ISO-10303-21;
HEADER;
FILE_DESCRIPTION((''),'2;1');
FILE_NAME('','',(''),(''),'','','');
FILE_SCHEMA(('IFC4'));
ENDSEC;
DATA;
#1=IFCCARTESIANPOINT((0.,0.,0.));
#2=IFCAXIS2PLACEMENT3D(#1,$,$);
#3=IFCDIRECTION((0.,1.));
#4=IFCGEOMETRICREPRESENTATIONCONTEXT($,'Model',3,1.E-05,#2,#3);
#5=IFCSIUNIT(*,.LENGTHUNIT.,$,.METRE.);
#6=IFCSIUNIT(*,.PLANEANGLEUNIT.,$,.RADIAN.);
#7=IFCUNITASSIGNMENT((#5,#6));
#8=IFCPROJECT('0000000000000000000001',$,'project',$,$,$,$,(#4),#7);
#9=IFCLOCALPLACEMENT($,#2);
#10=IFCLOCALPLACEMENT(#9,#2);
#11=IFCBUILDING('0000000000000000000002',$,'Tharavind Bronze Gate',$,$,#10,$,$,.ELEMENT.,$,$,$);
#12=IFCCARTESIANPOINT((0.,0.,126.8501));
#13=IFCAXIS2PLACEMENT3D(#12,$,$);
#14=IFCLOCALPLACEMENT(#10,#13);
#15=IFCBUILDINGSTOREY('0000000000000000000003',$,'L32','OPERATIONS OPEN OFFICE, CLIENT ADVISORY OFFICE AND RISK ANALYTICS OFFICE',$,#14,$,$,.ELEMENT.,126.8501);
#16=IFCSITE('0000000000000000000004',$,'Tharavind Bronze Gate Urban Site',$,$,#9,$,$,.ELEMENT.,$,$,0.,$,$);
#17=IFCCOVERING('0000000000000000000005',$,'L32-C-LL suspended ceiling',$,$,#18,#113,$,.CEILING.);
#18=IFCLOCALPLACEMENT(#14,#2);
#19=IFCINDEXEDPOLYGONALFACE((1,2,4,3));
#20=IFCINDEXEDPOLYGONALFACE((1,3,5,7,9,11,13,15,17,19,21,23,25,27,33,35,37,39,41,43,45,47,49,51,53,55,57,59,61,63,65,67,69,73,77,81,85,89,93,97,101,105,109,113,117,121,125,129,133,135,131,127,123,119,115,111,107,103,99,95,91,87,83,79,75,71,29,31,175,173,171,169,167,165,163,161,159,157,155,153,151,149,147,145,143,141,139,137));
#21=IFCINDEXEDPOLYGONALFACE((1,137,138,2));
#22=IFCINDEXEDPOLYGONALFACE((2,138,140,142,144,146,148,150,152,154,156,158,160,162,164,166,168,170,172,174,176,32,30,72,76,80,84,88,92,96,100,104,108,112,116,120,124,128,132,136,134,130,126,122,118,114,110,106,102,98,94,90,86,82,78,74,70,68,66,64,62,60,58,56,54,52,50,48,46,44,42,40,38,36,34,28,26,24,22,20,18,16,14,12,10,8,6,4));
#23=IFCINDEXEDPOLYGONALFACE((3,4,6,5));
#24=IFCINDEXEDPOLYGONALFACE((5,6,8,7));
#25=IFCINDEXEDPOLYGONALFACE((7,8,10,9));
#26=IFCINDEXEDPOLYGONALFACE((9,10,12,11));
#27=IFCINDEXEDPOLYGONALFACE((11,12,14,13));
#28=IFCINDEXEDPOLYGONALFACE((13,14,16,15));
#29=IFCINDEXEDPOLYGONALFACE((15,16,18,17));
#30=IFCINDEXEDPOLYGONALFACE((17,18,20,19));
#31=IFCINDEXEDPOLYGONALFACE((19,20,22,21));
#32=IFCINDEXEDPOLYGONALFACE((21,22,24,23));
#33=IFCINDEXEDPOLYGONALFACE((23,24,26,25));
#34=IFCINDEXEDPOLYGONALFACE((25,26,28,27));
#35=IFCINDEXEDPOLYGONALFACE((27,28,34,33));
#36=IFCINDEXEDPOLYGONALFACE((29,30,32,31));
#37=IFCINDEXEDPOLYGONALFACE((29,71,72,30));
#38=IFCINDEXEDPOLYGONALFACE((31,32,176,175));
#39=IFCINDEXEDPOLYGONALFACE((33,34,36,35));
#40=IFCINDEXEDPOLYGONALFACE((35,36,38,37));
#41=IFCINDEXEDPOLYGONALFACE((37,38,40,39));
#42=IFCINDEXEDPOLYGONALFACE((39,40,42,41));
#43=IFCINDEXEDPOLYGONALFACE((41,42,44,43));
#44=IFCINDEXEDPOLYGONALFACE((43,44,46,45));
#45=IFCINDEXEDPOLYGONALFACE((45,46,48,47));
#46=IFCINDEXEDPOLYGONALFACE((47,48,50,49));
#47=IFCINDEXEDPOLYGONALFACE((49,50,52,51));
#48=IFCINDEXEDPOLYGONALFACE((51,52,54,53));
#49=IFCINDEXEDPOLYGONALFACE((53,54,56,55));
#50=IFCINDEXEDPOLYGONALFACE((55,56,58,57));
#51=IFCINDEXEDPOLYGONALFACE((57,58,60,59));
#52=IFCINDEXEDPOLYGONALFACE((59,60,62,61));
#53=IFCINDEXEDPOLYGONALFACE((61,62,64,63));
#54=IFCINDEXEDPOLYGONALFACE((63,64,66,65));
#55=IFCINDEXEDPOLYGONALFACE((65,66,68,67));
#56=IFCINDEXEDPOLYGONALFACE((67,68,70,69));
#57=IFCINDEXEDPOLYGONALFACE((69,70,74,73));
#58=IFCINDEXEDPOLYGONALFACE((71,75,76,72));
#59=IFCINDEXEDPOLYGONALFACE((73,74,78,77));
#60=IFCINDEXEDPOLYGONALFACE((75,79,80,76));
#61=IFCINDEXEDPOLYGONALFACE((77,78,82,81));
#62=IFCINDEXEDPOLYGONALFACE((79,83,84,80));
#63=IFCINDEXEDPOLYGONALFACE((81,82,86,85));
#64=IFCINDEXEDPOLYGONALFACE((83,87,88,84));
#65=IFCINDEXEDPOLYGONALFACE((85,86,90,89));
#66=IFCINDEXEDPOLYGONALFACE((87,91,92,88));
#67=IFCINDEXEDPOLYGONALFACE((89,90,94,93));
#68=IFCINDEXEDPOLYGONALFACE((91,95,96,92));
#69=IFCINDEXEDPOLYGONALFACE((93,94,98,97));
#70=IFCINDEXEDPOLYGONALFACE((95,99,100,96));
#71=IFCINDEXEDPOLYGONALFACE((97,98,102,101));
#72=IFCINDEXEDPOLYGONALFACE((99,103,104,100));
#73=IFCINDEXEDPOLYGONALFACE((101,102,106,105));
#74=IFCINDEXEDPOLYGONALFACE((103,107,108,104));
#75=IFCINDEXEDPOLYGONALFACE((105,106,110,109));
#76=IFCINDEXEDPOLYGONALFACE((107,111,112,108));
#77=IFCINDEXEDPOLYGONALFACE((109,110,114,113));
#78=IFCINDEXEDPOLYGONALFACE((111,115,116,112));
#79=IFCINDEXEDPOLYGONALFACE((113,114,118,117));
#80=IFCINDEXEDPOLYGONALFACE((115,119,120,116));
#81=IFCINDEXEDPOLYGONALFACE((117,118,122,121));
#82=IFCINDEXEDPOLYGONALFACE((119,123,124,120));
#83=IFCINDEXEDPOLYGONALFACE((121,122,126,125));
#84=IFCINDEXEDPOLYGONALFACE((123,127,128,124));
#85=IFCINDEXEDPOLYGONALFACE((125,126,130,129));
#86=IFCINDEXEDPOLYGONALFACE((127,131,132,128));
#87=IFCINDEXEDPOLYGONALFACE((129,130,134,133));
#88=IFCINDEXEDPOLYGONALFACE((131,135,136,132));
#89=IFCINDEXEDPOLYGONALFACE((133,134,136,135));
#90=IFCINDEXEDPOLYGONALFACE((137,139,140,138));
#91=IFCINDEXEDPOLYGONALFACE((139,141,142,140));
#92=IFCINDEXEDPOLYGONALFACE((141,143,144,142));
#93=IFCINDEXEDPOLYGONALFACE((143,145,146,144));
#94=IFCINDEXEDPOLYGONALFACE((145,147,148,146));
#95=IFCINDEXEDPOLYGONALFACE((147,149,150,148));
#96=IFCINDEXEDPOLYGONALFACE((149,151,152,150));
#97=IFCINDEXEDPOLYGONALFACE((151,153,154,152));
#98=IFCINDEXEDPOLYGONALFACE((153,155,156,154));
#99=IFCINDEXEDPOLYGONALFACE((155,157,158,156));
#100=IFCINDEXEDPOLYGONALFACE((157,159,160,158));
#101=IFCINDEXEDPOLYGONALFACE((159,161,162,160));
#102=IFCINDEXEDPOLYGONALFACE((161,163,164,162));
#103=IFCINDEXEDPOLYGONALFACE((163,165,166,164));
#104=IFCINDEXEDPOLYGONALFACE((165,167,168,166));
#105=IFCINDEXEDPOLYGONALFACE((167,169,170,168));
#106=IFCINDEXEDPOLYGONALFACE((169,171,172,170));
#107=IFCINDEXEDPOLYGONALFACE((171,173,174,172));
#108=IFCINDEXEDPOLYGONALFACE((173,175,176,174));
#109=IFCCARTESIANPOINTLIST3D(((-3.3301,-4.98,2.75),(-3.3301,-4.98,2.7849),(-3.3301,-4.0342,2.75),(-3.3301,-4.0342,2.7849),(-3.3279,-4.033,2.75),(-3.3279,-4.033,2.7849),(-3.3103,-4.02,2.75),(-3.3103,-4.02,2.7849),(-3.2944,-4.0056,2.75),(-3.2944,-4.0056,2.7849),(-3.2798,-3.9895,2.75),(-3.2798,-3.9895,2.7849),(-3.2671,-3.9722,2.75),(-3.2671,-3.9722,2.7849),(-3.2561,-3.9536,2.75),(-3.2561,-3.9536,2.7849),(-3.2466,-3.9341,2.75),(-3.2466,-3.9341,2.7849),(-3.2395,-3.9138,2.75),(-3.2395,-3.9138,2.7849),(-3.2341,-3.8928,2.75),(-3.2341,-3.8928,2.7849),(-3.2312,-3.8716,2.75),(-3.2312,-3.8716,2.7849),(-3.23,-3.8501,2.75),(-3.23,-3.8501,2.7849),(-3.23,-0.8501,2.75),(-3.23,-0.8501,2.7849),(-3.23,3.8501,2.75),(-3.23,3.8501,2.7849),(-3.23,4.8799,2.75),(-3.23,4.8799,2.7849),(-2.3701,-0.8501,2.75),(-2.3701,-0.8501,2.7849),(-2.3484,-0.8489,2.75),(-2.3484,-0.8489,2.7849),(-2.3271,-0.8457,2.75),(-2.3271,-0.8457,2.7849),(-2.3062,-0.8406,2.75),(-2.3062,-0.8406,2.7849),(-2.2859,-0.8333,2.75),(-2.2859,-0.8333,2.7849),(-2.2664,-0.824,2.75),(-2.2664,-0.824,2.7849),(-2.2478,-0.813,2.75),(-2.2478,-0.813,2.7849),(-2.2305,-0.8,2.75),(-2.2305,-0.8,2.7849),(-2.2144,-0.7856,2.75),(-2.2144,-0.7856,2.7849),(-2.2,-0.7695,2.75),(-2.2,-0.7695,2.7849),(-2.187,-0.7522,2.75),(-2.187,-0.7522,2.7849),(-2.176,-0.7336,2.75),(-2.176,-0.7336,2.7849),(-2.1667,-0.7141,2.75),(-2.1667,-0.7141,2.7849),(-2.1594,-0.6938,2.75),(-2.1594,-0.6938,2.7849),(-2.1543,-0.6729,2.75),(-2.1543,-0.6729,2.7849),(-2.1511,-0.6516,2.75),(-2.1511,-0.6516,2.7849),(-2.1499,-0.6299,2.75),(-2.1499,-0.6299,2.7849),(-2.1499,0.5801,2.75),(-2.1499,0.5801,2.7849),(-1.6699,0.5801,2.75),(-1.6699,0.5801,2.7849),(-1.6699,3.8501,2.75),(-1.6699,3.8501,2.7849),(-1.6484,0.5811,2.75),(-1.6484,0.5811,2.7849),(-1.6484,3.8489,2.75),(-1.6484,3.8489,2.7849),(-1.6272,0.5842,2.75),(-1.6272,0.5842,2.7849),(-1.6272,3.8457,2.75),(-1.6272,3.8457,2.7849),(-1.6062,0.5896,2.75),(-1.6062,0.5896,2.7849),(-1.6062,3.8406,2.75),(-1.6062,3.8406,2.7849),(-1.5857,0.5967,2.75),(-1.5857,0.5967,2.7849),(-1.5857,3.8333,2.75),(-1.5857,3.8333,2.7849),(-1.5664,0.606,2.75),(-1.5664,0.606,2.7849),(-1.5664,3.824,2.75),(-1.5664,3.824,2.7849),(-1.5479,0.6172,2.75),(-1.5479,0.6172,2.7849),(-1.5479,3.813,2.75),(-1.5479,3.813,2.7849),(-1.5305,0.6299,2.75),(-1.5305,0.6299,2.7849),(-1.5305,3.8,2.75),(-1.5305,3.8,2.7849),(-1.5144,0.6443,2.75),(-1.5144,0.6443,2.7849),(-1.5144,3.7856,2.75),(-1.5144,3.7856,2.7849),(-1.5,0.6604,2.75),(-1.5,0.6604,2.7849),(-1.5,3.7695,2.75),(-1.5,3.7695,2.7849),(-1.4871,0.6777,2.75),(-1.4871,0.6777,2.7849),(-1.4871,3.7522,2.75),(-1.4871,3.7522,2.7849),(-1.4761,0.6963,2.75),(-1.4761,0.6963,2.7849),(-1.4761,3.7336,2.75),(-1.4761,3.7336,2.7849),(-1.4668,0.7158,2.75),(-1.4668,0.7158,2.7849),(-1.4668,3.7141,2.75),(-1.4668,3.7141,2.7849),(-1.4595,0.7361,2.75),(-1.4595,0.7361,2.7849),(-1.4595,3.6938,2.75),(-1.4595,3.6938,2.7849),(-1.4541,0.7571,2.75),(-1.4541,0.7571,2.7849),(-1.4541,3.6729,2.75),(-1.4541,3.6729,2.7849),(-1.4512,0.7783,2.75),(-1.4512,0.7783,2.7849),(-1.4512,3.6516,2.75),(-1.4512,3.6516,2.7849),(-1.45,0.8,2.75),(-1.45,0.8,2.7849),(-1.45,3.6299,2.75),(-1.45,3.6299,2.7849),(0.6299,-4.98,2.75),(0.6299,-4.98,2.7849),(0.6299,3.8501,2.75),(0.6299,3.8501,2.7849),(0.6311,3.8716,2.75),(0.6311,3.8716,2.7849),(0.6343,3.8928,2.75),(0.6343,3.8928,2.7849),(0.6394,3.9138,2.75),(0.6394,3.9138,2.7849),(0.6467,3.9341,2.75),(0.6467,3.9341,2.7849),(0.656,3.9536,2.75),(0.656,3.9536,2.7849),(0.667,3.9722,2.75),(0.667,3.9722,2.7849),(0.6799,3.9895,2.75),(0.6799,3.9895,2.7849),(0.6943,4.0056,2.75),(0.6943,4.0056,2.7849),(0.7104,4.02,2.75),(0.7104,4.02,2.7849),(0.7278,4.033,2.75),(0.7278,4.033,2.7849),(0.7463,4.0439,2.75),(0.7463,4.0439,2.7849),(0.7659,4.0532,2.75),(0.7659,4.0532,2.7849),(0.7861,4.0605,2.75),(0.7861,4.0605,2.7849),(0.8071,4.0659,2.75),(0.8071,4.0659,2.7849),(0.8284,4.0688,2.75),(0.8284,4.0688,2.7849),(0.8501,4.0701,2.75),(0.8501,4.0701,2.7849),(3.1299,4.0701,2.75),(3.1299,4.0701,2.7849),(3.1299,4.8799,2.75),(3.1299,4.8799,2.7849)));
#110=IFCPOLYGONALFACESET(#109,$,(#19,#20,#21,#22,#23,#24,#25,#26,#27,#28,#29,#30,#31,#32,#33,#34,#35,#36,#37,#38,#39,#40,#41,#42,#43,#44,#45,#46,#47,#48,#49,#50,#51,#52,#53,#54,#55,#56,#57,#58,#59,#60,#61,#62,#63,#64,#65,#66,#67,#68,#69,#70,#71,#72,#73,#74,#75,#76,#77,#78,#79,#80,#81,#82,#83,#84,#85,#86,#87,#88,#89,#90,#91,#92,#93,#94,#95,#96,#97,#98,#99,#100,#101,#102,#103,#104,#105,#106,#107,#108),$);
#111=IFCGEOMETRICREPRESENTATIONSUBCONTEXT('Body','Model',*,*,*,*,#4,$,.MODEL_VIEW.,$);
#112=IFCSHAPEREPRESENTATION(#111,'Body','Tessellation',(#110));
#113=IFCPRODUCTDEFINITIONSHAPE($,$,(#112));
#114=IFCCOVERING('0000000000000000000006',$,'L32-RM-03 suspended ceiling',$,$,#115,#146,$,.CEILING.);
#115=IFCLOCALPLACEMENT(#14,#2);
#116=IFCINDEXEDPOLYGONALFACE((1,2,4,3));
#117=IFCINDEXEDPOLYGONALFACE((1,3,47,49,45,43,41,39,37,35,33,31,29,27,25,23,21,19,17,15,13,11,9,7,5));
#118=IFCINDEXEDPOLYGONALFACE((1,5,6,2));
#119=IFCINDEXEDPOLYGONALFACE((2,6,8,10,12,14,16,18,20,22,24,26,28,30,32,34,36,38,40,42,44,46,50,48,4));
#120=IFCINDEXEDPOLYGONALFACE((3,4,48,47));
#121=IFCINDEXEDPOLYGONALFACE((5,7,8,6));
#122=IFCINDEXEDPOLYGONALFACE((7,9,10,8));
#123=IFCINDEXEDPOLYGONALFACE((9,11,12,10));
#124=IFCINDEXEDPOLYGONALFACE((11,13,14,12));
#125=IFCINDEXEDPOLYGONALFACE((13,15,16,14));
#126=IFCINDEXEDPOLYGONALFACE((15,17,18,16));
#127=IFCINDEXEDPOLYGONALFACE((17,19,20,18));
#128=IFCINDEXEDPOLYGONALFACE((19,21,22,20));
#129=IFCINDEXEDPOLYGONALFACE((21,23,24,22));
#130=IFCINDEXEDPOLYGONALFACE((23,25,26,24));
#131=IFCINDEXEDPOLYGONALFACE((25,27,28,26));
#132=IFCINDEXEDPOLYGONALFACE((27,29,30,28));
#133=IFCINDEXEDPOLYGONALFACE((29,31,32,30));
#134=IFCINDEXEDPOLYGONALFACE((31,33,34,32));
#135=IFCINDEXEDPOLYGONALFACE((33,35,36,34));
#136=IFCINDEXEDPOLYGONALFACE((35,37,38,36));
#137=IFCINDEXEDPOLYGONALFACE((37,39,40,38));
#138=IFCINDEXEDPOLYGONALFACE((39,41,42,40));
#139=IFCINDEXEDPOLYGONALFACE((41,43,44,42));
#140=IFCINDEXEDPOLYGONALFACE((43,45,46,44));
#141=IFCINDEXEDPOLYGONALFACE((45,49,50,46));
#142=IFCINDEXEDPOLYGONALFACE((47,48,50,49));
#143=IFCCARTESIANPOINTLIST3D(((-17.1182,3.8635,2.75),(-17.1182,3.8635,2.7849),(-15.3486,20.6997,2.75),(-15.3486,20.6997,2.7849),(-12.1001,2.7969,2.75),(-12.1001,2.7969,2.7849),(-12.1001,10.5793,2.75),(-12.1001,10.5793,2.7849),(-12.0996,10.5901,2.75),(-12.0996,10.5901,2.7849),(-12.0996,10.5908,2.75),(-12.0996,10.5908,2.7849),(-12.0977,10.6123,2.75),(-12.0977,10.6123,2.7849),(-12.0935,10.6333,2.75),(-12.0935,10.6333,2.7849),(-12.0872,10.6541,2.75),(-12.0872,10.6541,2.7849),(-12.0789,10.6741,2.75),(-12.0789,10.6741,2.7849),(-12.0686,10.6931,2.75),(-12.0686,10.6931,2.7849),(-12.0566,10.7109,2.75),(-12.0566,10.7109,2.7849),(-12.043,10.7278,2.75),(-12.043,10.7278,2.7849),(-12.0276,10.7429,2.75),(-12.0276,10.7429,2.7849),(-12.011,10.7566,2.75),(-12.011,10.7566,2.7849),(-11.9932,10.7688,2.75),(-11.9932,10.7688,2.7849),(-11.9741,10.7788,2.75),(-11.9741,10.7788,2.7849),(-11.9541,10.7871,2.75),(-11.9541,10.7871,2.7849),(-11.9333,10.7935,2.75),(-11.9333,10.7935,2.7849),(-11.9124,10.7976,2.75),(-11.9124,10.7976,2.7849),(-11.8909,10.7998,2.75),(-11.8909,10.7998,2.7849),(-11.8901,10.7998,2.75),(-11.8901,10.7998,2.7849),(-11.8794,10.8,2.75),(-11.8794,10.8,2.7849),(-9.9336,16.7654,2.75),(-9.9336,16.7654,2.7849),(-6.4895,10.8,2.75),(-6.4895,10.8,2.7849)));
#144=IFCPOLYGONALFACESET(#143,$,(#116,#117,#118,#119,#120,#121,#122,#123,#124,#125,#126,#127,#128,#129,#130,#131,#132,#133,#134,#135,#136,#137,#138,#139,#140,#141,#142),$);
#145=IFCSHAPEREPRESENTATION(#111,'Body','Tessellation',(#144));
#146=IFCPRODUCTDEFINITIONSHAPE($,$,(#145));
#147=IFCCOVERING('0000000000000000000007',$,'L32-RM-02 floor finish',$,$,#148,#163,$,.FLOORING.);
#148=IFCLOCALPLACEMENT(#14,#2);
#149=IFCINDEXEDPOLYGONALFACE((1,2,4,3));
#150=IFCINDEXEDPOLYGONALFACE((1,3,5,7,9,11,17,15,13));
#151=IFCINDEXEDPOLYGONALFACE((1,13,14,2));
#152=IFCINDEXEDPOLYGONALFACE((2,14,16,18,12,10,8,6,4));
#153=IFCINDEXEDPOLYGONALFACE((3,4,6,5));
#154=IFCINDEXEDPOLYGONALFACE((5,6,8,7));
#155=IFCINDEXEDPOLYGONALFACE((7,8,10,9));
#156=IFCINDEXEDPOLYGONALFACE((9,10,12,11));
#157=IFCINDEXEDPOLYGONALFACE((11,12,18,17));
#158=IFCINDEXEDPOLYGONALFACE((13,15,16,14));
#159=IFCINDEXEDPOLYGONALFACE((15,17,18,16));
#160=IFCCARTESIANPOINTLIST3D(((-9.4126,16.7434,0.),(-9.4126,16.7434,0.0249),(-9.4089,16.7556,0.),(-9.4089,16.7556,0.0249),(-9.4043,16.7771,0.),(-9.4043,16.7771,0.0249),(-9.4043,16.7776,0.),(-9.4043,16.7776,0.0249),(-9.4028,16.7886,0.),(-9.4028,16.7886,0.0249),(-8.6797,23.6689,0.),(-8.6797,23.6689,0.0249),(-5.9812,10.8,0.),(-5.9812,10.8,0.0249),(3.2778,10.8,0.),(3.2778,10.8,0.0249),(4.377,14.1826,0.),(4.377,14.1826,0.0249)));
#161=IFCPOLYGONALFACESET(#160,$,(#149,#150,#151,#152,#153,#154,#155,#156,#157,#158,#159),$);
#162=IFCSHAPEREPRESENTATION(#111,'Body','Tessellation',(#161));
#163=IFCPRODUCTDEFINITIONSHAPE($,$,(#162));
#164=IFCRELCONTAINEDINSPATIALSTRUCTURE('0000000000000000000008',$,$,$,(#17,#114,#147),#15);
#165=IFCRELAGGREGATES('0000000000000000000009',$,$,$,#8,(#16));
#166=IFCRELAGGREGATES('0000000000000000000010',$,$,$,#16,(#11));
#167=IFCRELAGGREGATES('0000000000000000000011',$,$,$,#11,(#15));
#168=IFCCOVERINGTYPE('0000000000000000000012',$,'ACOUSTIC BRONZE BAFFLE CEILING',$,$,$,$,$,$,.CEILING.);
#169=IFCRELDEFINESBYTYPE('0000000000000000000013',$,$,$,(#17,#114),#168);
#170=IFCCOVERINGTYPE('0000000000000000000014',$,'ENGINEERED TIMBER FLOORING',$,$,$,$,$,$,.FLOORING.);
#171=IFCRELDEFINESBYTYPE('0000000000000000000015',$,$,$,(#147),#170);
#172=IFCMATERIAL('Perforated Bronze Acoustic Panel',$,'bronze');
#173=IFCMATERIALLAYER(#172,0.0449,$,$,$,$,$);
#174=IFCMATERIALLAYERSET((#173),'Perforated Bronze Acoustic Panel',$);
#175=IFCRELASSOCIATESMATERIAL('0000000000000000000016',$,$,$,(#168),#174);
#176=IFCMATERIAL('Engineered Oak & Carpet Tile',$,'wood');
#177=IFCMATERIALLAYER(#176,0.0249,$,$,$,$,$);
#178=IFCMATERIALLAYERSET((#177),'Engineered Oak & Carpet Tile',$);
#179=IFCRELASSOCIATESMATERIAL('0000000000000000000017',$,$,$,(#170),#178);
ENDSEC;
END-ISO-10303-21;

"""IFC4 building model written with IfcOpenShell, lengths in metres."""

from ifc_helpers import new_model, si_unit, direction, frame, origin, place, context, subcontext, project, spatial, polyline, outline, extrude, material, layer, layer_set, type_object, element, save


model = new_model("IFC4")

# Units and contexts
model_context = context("Model", 3, precision=1e-05, world=origin(), true_north=direction((0.0, 1.0)))
body_context = subcontext(model_context, "Body", "Model", "MODEL_VIEW")
ifc_project = project(units=[si_unit("LENGTHUNIT", "METRE"), si_unit("PLANEANGLEUNIT", "RADIAN")], contexts=[model_context])

# Site, building, storey
site_placement = place(None, origin())
site = spatial("IfcSite", under=ifc_project, at=site_placement, Name="Tharavind Bronze Gate Urban Site", CompositionType="ELEMENT", RefElevation=0.0)
building_placement = place(site_placement, origin())
building = spatial("IfcBuilding", under=site, at=building_placement, Name="Tharavind Bronze Gate", CompositionType="ELEMENT")
storey_placement = place(building_placement, frame((0.0, 0.0, 126.8501)))
storey = spatial("IfcBuildingStorey", under=building, at=storey_placement, Name="L32", Description="OPERATIONS OPEN OFFICE, CLIENT ADVISORY OFFICE AND RISK ANALYTICS OFFICE", CompositionType="ELEMENT", Elevation=126.8501)

# Coverings
ifc_material_1 = material(Name="Perforated Bronze Acoustic Panel", Category="bronze")
ifc_layer_1 = layer(ifc_material_1, 0.0449)
ifc_layer_set_1 = layer_set([ifc_layer_1], Name="Perforated Bronze Acoustic Panel")
covering_type_1 = type_object("IfcCoveringType", Name="ACOUSTIC BRONZE BAFFLE CEILING", PredefinedType="CEILING", material=ifc_layer_set_1)
covering_1_placement = place(storey_placement, frame((0.0, 0.0, 2.75)))
element("IfcCovering", 1, at=covering_1_placement, inside=storey, type_object=covering_type_1, Name="L32-C-LL suspended ceiling", PredefinedType="CEILING", context=body_context, shape_type="SweptSolid", body=[
    extrude(outline(polyline([(-3.3301, -4.98), (0.6299, -4.98), (0.6299, 3.8501), (0.6311, 3.8716), (0.6343, 3.8928), (0.6394, 3.9138), (0.6467, 3.9341), (0.656, 3.9536), (0.667, 3.9722), (0.6799, 3.9895), (0.6943, 4.0056), (0.7104, 4.02), (0.7278, 4.033), (0.7463, 4.0439), (0.7659, 4.0532), (0.7861, 4.0605), (0.8071, 4.0659), (0.8284, 4.0688), (0.8501, 4.0701), (3.1299, 4.0701), (3.1299, 4.8799), (-3.23, 4.8799), (-3.23, 3.8501), (-1.6699, 3.8501), (-1.6484, 3.8489), (-1.6272, 3.8457), (-1.6062, 3.8406), (-1.5857, 3.8333), (-1.5664, 3.824), (-1.5479, 3.813), (-1.5305, 3.8), (-1.5144, 3.7856), (-1.5, 3.7695), (-1.4871, 3.7522), (-1.4761, 3.7336), (-1.4668, 3.7141), (-1.4595, 3.6938), (-1.4541, 3.6729), (-1.4512, 3.6516), (-1.45, 3.6299), (-1.45, 0.8), (-1.4512, 0.7783), (-1.4541, 0.7571), (-1.4595, 0.7361), (-1.4668, 0.7158), (-1.4761, 0.6963), (-1.4871, 0.6777), (-1.5, 0.6604), (-1.5144, 0.6443), (-1.5305, 0.6299), (-1.5479, 0.6172), (-1.5664, 0.606), (-1.5857, 0.5967), (-1.6062, 0.5896), (-1.6272, 0.5842), (-1.6484, 0.5811), (-1.6699, 0.5801), (-2.1499, 0.5801), (-2.1499, -0.6299), (-2.1511, -0.6516), (-2.1543, -0.6729), (-2.1594, -0.6938), (-2.1667, -0.7141), (-2.176, -0.7336), (-2.187, -0.7522), (-2.2, -0.7695), (-2.2144, -0.7856), (-2.2305, -0.8), (-2.2478, -0.813), (-2.2664, -0.824), (-2.2859, -0.8333), (-2.3062, -0.8406), (-2.3271, -0.8457), (-2.3484, -0.8489), (-2.3701, -0.8501), (-3.23, -0.8501), (-3.23, -3.8501), (-3.2312, -3.8716), (-3.2341, -3.8928), (-3.2395, -3.9138), (-3.2466, -3.9341), (-3.2561, -3.9536), (-3.2671, -3.9722), (-3.2798, -3.9895), (-3.2944, -4.0056), (-3.3103, -4.02), (-3.3279, -4.033), (-3.3301, -4.0342), (-3.3301, -4.98)])), origin(), (0.0, 0.0, 1.0), 0.0349),
])
covering_2_placement = place(storey_placement, frame((0.0, 0.0, 2.75)))
element("IfcCovering", 2, at=covering_2_placement, inside=storey, type_object=covering_type_1, Name="L32-RM-03 suspended ceiling", PredefinedType="CEILING", context=body_context, shape_type="SweptSolid", body=[
    extrude(outline(polyline([(-12.1001, 2.7969), (-12.1001, 10.5793), (-12.0996, 10.5901), (-12.0996, 10.5908), (-12.0977, 10.6123), (-12.0935, 10.6333), (-12.0872, 10.6541), (-12.0789, 10.6741), (-12.0686, 10.6931), (-12.0566, 10.7109), (-12.043, 10.7278), (-12.0276, 10.7429), (-12.011, 10.7566), (-11.9932, 10.7688), (-11.9741, 10.7788), (-11.9541, 10.7871), (-11.9333, 10.7935), (-11.9124, 10.7976), (-11.8909, 10.7998), (-11.8901, 10.7998), (-11.8794, 10.8), (-6.4895, 10.8), (-9.9336, 16.7654), (-15.3486, 20.6997), (-17.1182, 3.8635), (-12.1001, 2.7969)])), origin(), (0.0, 0.0, 1.0), 0.0349),
])
ifc_material_2 = material(Name="Engineered Oak & Carpet Tile", Category="wood")
ifc_layer_2 = layer(ifc_material_2, 0.0249)
ifc_layer_set_2 = layer_set([ifc_layer_2], Name="Engineered Oak & Carpet Tile")
covering_type_2 = type_object("IfcCoveringType", Name="ENGINEERED TIMBER FLOORING", PredefinedType="FLOORING", material=ifc_layer_set_2)
covering_3_placement = place(storey_placement, origin())
element("IfcCovering", 3, at=covering_3_placement, inside=storey, type_object=covering_type_2, Name="L32-RM-02 floor finish", PredefinedType="FLOORING", context=body_context, shape_type="SweptSolid", body=[
    extrude(outline(polyline([(-5.9812, 10.8), (3.2778, 10.8), (4.377, 14.1826), (-8.6797, 23.6689), (-9.4028, 16.7886), (-9.4043, 16.7776), (-9.4043, 16.7771), (-9.4089, 16.7556), (-9.4126, 16.7434), (-5.9812, 10.8)])), origin(), (0.0, 0.0, 1.0), 0.0249),
])

save(model, "model.ifc")
